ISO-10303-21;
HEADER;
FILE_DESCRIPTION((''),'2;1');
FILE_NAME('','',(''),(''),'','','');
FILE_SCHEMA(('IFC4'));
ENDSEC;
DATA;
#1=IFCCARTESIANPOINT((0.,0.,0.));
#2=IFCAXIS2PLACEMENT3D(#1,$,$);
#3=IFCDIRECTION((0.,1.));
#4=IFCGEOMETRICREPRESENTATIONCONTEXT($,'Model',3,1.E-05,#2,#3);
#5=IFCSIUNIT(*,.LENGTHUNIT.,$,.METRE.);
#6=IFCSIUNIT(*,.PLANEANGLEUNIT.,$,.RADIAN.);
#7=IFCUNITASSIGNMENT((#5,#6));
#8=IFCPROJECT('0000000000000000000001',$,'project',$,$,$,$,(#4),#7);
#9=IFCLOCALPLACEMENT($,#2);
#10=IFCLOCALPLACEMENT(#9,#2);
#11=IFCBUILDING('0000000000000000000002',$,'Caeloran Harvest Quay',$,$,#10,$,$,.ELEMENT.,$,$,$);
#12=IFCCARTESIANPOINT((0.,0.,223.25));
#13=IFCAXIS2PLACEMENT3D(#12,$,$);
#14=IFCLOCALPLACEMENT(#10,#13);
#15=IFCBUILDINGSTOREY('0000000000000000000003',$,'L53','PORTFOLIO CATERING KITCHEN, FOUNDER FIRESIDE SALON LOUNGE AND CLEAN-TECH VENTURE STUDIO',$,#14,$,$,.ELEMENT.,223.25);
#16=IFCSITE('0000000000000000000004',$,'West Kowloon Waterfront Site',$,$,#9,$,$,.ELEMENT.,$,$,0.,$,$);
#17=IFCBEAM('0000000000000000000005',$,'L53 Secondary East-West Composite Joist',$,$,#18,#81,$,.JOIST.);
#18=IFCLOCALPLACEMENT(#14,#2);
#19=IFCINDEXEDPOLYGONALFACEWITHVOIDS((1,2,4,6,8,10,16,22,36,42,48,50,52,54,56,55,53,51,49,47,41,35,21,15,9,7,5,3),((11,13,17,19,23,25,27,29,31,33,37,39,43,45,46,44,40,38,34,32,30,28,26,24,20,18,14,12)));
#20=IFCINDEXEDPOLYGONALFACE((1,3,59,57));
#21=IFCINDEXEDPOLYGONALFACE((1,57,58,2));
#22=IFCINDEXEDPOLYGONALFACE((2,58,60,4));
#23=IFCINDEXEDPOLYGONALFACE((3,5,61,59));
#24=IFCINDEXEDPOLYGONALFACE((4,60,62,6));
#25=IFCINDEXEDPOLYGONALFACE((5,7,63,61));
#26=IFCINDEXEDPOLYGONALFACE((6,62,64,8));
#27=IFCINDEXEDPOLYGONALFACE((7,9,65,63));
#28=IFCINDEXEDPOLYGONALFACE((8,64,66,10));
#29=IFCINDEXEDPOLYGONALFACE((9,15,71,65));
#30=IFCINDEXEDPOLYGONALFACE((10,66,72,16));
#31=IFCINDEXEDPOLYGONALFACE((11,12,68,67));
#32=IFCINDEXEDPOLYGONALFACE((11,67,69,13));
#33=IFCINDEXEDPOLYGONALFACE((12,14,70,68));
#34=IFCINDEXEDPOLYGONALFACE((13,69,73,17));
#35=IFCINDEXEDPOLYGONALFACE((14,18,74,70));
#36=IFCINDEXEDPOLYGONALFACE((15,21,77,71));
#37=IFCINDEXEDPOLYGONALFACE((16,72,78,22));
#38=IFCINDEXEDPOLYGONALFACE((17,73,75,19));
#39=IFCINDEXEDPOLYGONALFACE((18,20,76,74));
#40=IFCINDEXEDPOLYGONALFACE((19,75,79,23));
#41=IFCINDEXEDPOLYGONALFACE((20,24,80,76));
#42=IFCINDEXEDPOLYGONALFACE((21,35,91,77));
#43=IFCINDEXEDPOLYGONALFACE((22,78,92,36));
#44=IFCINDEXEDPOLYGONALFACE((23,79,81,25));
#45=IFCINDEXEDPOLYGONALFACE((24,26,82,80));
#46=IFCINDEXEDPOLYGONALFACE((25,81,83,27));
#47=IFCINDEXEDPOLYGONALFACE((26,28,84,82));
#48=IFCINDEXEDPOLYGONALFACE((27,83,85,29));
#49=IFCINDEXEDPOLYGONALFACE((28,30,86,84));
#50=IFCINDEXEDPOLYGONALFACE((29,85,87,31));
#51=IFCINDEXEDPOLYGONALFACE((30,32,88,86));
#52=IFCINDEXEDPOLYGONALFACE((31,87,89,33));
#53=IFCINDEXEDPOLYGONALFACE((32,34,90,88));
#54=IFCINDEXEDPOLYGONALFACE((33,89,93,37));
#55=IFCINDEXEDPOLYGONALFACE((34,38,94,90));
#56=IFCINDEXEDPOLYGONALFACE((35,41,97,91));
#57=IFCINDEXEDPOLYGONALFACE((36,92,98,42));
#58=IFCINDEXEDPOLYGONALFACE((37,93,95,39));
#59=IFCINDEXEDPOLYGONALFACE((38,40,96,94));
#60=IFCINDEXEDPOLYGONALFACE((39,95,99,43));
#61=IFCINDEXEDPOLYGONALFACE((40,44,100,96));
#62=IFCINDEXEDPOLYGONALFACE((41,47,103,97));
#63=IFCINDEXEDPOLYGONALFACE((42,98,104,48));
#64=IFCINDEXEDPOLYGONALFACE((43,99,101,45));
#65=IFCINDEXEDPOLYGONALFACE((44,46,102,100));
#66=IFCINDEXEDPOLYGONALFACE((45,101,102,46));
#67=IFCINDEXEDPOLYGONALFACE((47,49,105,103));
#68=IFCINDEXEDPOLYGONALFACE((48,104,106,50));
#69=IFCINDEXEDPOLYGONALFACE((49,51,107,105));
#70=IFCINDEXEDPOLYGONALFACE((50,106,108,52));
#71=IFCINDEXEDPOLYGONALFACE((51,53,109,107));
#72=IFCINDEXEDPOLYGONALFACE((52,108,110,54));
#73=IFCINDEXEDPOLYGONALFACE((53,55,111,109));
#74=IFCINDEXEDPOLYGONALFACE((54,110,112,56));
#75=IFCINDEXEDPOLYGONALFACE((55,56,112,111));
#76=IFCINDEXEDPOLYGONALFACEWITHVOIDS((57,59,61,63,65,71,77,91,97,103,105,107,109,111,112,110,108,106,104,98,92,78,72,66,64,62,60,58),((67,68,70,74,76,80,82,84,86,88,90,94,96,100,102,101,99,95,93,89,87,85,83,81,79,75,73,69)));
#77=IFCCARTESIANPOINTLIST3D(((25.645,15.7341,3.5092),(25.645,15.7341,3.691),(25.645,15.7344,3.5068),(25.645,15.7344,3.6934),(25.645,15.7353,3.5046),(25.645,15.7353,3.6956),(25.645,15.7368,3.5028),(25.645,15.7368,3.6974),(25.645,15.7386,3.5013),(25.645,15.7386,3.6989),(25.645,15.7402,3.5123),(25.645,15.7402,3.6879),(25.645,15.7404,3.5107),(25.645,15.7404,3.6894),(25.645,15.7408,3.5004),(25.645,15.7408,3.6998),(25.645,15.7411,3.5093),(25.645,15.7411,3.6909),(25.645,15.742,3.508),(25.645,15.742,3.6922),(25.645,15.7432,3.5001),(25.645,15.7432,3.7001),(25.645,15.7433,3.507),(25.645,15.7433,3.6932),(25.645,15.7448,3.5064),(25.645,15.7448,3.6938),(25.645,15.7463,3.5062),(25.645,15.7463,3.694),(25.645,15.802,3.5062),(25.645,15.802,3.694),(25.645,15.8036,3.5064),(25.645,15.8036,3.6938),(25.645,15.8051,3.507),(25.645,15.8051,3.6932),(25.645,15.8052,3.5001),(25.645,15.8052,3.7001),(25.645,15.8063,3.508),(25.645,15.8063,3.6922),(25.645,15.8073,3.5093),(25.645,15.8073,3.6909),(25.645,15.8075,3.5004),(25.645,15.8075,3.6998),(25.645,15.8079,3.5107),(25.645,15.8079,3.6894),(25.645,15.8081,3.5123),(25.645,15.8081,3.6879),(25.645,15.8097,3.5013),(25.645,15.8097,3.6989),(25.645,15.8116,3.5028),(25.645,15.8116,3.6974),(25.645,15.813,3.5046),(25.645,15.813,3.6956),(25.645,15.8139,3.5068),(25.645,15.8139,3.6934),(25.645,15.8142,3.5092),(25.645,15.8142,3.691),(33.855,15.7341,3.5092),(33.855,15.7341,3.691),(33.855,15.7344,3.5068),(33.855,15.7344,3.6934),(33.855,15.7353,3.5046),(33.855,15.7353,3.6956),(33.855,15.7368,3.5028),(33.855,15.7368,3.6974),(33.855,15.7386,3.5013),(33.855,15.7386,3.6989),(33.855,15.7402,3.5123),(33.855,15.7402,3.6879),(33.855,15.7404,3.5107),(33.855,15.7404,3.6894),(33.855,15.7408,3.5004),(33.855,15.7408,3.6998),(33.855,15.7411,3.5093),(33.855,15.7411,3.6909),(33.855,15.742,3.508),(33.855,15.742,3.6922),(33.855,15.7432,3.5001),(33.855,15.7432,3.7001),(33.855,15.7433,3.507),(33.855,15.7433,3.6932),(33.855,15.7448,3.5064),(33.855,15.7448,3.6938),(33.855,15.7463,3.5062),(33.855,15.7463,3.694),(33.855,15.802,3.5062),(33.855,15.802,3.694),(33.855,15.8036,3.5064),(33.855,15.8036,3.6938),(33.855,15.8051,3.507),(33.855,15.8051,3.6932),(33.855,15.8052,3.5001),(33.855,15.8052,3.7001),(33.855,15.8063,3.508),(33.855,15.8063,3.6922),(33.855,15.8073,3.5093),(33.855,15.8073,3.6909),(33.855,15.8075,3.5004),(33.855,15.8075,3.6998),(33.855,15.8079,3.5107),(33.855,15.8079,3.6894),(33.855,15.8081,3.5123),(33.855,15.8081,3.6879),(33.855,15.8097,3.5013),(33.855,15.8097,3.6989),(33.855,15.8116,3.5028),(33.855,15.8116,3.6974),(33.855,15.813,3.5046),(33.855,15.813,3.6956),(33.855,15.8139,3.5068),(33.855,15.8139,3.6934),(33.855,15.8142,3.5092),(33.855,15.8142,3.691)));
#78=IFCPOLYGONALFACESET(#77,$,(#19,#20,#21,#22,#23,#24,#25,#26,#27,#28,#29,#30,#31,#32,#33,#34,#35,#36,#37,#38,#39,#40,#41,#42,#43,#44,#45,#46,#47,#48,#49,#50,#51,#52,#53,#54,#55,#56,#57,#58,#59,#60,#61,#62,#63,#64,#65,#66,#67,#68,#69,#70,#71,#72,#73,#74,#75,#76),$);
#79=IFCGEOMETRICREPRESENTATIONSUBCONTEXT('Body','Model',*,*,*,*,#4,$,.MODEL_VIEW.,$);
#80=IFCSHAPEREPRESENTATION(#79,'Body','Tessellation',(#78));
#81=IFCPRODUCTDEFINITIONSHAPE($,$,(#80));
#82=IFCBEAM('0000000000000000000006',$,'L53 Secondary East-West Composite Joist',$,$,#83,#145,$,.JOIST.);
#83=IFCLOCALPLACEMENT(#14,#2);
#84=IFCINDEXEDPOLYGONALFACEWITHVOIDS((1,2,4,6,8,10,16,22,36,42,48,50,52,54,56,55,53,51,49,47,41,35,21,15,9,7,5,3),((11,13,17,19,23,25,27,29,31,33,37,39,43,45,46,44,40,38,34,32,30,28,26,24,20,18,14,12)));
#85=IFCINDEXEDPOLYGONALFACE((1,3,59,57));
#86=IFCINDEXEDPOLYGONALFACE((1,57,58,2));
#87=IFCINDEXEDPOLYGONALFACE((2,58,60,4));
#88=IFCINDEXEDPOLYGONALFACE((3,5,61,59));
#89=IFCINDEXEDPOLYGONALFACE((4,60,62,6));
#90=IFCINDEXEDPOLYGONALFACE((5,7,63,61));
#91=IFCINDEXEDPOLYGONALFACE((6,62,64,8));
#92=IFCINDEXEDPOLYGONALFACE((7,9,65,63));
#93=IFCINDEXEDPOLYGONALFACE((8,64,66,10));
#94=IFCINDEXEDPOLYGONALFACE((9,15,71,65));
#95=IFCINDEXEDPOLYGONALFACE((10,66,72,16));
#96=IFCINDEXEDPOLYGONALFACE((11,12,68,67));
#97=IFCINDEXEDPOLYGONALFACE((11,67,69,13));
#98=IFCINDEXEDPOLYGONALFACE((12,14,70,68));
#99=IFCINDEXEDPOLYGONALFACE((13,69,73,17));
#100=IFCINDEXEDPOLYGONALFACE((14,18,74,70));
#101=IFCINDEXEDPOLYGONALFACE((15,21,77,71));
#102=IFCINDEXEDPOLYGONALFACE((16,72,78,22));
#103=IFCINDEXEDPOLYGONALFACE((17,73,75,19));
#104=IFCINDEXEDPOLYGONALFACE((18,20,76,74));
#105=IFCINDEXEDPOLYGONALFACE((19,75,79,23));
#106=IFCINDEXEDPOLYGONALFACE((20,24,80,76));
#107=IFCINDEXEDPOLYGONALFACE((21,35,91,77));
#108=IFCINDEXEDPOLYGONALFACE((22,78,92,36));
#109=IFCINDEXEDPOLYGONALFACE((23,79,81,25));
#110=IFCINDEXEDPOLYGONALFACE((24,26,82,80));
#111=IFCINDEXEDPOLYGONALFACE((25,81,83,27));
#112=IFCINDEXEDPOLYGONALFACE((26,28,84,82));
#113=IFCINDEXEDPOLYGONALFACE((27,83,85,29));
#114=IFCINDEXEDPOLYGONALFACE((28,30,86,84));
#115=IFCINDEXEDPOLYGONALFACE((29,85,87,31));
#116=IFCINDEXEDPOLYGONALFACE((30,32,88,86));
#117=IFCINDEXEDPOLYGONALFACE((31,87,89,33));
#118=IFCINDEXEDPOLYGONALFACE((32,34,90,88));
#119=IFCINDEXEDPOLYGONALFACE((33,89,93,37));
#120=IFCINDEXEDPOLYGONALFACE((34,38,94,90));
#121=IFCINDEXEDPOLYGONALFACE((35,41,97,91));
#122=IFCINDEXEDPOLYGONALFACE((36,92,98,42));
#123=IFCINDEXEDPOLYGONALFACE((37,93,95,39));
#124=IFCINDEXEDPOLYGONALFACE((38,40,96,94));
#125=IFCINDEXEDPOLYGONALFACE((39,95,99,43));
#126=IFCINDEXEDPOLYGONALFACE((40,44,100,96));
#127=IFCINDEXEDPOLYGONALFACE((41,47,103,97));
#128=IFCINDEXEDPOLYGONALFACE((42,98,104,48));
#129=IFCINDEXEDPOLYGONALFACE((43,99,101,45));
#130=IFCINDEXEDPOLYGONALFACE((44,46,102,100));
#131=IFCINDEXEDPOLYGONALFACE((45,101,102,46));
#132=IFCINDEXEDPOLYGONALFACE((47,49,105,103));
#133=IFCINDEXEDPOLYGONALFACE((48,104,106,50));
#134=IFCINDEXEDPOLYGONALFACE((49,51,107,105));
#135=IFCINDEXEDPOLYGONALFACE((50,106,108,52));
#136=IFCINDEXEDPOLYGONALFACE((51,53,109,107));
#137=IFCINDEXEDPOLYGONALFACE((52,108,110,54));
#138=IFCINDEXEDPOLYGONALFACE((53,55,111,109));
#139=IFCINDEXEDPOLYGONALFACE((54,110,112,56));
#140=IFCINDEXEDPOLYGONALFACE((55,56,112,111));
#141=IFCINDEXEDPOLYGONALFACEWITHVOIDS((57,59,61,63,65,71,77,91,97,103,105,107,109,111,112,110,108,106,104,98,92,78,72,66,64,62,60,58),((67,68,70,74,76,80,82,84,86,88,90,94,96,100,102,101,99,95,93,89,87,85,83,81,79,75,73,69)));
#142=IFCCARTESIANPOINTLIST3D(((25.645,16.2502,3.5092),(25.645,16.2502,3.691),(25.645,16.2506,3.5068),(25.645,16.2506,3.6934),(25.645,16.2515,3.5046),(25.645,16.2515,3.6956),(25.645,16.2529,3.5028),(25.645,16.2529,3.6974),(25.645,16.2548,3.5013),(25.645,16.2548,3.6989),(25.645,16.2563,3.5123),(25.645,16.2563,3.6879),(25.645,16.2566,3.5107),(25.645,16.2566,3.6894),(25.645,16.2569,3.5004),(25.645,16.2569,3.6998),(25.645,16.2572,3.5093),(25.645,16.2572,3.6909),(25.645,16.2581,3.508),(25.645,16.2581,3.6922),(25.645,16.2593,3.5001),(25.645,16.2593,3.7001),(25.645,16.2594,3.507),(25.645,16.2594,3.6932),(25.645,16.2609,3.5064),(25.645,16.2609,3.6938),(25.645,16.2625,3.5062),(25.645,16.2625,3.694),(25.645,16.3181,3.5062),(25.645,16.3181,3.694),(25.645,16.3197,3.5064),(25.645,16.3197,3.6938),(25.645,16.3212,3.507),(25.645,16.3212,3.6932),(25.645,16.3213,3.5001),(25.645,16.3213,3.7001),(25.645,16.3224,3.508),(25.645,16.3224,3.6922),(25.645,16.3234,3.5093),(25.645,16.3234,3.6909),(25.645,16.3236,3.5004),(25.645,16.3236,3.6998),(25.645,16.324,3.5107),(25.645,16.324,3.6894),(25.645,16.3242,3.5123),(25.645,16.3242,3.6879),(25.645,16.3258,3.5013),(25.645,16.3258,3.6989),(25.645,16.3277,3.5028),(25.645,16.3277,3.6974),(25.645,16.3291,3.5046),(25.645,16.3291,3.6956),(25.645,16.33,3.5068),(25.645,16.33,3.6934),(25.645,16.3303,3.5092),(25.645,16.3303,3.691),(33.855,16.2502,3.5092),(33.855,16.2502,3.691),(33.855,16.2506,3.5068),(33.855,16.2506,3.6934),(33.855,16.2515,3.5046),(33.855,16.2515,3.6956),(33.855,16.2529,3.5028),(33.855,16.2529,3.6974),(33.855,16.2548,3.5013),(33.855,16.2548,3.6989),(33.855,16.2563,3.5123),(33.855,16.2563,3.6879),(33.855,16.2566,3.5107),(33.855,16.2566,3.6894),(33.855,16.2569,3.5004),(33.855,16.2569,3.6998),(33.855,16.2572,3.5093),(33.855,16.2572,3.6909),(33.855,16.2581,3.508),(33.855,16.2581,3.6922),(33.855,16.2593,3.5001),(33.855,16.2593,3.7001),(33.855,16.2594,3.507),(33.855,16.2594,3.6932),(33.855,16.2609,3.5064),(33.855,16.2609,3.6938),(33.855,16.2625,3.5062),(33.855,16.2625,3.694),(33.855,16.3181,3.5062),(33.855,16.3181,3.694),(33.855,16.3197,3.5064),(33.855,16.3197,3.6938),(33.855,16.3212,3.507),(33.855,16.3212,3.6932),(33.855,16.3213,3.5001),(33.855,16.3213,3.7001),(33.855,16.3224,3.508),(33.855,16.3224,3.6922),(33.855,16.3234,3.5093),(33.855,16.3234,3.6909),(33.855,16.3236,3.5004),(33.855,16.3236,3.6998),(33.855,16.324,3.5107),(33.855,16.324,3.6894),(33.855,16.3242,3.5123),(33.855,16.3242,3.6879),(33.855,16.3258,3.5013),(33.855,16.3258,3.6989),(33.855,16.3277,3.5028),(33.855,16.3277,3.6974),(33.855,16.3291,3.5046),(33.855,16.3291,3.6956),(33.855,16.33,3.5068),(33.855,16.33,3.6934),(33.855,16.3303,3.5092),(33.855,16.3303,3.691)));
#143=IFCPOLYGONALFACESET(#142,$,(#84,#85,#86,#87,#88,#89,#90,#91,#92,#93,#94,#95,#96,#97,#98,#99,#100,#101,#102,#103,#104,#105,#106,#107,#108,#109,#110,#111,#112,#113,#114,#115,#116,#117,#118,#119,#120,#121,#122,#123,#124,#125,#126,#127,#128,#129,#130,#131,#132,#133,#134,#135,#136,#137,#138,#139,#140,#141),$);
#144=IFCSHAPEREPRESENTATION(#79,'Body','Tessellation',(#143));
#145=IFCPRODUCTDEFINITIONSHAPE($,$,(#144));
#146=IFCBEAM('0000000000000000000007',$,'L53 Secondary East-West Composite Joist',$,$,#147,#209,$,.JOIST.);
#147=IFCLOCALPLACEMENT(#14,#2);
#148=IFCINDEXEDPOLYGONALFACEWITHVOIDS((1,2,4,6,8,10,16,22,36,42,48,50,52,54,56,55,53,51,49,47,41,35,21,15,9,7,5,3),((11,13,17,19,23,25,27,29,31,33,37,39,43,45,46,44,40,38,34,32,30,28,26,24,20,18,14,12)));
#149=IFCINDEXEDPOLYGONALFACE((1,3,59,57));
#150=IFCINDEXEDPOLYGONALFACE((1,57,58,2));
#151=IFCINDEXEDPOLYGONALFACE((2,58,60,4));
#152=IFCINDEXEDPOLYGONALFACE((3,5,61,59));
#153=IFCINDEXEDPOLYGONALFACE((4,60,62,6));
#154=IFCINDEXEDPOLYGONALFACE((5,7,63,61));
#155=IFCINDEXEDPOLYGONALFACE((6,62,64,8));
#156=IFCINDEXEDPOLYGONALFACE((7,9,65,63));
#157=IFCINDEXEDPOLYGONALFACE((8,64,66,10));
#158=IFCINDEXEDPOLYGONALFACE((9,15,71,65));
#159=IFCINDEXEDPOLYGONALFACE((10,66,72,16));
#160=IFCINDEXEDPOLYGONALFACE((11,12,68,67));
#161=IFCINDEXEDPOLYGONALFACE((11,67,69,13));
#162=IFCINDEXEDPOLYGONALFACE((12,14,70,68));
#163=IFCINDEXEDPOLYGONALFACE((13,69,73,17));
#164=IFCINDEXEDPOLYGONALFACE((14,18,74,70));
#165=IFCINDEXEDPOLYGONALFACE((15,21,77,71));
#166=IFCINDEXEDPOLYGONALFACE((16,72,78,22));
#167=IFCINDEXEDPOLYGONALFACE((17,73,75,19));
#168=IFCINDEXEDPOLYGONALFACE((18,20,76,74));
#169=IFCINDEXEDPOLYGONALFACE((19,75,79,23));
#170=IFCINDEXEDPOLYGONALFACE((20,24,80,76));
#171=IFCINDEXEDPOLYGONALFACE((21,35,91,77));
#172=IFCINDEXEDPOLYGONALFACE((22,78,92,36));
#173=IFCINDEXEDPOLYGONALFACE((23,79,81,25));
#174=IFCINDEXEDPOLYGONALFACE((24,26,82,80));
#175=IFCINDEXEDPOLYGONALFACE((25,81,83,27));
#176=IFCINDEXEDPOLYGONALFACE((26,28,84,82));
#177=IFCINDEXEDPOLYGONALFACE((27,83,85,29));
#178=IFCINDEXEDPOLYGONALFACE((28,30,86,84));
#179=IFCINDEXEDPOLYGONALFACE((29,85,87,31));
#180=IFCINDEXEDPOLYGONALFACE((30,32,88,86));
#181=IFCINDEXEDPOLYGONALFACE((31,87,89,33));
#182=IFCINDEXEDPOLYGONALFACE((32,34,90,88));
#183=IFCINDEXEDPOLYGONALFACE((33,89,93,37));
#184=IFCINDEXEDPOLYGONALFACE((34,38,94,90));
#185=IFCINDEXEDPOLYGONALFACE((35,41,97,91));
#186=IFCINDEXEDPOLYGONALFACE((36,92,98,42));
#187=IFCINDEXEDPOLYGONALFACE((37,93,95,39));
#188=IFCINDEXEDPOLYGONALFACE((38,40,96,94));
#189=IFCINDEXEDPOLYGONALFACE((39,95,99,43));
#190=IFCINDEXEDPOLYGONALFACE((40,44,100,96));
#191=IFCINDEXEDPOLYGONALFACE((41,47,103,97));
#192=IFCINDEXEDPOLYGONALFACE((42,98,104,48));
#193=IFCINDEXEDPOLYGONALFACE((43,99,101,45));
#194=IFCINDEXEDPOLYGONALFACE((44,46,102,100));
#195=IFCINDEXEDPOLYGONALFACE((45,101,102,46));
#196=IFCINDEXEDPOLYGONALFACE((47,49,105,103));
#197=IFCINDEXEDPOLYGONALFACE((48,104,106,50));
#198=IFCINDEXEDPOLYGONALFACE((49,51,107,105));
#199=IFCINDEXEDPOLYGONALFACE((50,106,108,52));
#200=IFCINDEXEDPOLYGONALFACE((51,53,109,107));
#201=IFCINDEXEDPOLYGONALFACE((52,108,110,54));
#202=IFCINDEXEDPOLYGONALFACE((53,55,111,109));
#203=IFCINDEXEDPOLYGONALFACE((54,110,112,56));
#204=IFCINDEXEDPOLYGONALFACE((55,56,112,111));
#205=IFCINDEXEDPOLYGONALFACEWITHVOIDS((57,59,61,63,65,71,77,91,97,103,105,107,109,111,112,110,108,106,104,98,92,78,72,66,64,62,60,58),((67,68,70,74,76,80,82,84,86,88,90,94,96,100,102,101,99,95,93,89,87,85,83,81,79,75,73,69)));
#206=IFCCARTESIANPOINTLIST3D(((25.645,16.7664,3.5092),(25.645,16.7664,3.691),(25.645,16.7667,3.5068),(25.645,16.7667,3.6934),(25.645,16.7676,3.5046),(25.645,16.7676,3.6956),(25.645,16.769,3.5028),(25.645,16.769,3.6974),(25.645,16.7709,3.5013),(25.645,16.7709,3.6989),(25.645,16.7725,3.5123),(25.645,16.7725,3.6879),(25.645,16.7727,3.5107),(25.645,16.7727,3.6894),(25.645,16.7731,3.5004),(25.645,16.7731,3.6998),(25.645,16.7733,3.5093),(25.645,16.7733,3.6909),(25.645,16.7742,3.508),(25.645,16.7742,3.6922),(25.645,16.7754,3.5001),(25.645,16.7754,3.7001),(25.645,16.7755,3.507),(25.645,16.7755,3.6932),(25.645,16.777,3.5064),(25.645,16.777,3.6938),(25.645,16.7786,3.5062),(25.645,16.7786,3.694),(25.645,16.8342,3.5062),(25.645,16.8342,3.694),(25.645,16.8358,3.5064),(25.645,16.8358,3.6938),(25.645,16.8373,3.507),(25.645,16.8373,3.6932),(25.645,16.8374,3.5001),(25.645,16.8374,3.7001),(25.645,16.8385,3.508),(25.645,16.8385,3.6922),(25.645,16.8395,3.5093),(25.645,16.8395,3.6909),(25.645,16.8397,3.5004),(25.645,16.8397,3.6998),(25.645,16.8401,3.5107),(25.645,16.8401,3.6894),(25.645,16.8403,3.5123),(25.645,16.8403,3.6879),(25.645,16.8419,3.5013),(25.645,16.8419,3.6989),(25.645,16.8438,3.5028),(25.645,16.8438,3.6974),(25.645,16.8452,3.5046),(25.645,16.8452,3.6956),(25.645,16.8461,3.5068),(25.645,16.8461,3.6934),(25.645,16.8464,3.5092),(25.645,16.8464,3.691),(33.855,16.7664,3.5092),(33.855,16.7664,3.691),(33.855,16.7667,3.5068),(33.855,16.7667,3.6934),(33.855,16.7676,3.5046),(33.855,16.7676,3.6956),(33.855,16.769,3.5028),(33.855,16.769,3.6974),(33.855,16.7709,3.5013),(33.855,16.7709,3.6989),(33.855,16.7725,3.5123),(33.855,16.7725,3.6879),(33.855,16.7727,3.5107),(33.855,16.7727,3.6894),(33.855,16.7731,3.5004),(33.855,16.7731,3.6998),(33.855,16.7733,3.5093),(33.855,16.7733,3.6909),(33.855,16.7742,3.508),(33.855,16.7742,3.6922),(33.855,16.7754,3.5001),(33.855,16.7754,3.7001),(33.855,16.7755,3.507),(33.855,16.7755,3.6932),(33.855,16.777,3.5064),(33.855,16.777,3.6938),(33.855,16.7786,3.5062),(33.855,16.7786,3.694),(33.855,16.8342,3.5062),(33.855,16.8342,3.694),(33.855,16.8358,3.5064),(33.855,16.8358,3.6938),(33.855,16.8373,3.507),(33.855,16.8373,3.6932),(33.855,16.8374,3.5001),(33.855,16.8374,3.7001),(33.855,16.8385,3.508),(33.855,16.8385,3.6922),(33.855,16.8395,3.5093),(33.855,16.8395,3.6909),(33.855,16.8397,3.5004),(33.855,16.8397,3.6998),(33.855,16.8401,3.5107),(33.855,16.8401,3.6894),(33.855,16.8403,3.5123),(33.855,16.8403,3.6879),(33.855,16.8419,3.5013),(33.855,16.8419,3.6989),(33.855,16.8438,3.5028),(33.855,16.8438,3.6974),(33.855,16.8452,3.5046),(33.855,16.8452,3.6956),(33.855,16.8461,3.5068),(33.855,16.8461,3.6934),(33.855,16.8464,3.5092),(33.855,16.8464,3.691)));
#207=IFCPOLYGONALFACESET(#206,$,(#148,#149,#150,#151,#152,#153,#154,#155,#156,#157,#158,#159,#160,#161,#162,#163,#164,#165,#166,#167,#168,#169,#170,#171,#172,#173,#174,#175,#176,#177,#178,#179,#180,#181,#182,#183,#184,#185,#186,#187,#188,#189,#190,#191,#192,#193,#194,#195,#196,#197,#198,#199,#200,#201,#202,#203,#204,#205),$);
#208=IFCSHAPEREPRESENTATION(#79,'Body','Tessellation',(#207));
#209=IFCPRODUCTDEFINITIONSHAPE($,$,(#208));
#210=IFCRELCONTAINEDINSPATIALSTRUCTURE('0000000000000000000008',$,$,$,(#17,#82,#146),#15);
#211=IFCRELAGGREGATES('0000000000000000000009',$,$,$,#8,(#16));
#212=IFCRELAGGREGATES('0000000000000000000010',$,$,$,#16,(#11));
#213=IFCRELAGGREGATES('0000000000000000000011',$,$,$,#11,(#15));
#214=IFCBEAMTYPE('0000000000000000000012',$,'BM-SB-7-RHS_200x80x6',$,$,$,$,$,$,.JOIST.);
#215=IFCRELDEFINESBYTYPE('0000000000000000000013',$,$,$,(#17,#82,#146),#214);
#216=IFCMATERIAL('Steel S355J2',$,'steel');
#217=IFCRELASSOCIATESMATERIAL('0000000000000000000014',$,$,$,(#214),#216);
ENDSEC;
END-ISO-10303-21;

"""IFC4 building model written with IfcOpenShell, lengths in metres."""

from ifc_helpers import new_model, si_unit, direction, frame, origin, origin_2d, place, context, subcontext, project, spatial, hollow_rectangle, extrude, material, material_profile, profile_set, type_object, element, save


model = new_model("IFC4")

# Units and contexts
model_context = context("Model", 3, precision=1e-05, world=origin(), true_north=direction((0.0, 1.0)))
body_context = subcontext(model_context, "Body", "Model", "MODEL_VIEW")
ifc_project = project(units=[si_unit("LENGTHUNIT", "METRE"), si_unit("PLANEANGLEUNIT", "RADIAN")], contexts=[model_context])

# Site, building, storey
site_placement = place(None, origin())
site = spatial("IfcSite", under=ifc_project, at=site_placement, Name="West Kowloon Waterfront Site", CompositionType="ELEMENT", RefElevation=0.0)
building_placement = place(site_placement, origin())
building = spatial("IfcBuilding", under=site, at=building_placement, Name="Caeloran Harvest Quay", CompositionType="ELEMENT")
storey_placement = place(building_placement, frame((0.0, 0.0, 223.25)))
storey = spatial("IfcBuildingStorey", under=building, at=storey_placement, Name="L53", Description="PORTFOLIO CATERING KITCHEN, FOUNDER FIRESIDE SALON LOUNGE AND CLEAN-TECH VENTURE STUDIO", CompositionType="ELEMENT", Elevation=223.25)

# Beams
ifc_material_1 = material(Name="Steel S355J2", Category="steel")
ifc_material_profile_1 = material_profile(ifc_material_1, hollow_rectangle(XDim=0.0801, YDim=0.2, WallThickness=0.0061, InnerFilletRadius=0.0061, OuterFilletRadius=0.009, at=origin_2d()), Name="RHS 200x80x6")
ifc_profile_set_1 = profile_set([ifc_material_profile_1], Name="Steel S355J2")
beam_type_1 = type_object("IfcBeamType", Name="BM-SB-7-RHS_200x80x6", PredefinedType="JOIST", material=ifc_profile_set_1)
for number, where, z_axis, x_axis, name in (
    (1, (25.645, 15.7742, 3.6001), (1.0, 0.0, 0.0), (0.0, 1.0, 0.0), "L53 Secondary East-West Composite Joist"),
    (2, (25.645, 16.2903, 3.6001), (1.0, 0.0, 0.0), (0.0, 1.0, 0.0), "L53 Secondary East-West Composite Joist"),
    (3, (25.645, 16.8064, 3.6001), (1.0, 0.0, 0.0), (0.0, 1.0, 0.0), "L53 Secondary East-West Composite Joist"),
):
    element("IfcBeam", number, at=place(storey_placement, frame(where, z_axis=z_axis, x_axis=x_axis)), inside=storey, type_object=beam_type_1, Name=name, PredefinedType="JOIST", context=body_context, shape_type="SweptSolid", body=[
        extrude(hollow_rectangle(XDim=0.0801, YDim=0.2, WallThickness=0.0061, InnerFilletRadius=0.0061, OuterFilletRadius=0.009, at=origin_2d()), origin(), (0.0, 0.0, 1.0), 8.21),
    ])

save(model, "model.ifc")
